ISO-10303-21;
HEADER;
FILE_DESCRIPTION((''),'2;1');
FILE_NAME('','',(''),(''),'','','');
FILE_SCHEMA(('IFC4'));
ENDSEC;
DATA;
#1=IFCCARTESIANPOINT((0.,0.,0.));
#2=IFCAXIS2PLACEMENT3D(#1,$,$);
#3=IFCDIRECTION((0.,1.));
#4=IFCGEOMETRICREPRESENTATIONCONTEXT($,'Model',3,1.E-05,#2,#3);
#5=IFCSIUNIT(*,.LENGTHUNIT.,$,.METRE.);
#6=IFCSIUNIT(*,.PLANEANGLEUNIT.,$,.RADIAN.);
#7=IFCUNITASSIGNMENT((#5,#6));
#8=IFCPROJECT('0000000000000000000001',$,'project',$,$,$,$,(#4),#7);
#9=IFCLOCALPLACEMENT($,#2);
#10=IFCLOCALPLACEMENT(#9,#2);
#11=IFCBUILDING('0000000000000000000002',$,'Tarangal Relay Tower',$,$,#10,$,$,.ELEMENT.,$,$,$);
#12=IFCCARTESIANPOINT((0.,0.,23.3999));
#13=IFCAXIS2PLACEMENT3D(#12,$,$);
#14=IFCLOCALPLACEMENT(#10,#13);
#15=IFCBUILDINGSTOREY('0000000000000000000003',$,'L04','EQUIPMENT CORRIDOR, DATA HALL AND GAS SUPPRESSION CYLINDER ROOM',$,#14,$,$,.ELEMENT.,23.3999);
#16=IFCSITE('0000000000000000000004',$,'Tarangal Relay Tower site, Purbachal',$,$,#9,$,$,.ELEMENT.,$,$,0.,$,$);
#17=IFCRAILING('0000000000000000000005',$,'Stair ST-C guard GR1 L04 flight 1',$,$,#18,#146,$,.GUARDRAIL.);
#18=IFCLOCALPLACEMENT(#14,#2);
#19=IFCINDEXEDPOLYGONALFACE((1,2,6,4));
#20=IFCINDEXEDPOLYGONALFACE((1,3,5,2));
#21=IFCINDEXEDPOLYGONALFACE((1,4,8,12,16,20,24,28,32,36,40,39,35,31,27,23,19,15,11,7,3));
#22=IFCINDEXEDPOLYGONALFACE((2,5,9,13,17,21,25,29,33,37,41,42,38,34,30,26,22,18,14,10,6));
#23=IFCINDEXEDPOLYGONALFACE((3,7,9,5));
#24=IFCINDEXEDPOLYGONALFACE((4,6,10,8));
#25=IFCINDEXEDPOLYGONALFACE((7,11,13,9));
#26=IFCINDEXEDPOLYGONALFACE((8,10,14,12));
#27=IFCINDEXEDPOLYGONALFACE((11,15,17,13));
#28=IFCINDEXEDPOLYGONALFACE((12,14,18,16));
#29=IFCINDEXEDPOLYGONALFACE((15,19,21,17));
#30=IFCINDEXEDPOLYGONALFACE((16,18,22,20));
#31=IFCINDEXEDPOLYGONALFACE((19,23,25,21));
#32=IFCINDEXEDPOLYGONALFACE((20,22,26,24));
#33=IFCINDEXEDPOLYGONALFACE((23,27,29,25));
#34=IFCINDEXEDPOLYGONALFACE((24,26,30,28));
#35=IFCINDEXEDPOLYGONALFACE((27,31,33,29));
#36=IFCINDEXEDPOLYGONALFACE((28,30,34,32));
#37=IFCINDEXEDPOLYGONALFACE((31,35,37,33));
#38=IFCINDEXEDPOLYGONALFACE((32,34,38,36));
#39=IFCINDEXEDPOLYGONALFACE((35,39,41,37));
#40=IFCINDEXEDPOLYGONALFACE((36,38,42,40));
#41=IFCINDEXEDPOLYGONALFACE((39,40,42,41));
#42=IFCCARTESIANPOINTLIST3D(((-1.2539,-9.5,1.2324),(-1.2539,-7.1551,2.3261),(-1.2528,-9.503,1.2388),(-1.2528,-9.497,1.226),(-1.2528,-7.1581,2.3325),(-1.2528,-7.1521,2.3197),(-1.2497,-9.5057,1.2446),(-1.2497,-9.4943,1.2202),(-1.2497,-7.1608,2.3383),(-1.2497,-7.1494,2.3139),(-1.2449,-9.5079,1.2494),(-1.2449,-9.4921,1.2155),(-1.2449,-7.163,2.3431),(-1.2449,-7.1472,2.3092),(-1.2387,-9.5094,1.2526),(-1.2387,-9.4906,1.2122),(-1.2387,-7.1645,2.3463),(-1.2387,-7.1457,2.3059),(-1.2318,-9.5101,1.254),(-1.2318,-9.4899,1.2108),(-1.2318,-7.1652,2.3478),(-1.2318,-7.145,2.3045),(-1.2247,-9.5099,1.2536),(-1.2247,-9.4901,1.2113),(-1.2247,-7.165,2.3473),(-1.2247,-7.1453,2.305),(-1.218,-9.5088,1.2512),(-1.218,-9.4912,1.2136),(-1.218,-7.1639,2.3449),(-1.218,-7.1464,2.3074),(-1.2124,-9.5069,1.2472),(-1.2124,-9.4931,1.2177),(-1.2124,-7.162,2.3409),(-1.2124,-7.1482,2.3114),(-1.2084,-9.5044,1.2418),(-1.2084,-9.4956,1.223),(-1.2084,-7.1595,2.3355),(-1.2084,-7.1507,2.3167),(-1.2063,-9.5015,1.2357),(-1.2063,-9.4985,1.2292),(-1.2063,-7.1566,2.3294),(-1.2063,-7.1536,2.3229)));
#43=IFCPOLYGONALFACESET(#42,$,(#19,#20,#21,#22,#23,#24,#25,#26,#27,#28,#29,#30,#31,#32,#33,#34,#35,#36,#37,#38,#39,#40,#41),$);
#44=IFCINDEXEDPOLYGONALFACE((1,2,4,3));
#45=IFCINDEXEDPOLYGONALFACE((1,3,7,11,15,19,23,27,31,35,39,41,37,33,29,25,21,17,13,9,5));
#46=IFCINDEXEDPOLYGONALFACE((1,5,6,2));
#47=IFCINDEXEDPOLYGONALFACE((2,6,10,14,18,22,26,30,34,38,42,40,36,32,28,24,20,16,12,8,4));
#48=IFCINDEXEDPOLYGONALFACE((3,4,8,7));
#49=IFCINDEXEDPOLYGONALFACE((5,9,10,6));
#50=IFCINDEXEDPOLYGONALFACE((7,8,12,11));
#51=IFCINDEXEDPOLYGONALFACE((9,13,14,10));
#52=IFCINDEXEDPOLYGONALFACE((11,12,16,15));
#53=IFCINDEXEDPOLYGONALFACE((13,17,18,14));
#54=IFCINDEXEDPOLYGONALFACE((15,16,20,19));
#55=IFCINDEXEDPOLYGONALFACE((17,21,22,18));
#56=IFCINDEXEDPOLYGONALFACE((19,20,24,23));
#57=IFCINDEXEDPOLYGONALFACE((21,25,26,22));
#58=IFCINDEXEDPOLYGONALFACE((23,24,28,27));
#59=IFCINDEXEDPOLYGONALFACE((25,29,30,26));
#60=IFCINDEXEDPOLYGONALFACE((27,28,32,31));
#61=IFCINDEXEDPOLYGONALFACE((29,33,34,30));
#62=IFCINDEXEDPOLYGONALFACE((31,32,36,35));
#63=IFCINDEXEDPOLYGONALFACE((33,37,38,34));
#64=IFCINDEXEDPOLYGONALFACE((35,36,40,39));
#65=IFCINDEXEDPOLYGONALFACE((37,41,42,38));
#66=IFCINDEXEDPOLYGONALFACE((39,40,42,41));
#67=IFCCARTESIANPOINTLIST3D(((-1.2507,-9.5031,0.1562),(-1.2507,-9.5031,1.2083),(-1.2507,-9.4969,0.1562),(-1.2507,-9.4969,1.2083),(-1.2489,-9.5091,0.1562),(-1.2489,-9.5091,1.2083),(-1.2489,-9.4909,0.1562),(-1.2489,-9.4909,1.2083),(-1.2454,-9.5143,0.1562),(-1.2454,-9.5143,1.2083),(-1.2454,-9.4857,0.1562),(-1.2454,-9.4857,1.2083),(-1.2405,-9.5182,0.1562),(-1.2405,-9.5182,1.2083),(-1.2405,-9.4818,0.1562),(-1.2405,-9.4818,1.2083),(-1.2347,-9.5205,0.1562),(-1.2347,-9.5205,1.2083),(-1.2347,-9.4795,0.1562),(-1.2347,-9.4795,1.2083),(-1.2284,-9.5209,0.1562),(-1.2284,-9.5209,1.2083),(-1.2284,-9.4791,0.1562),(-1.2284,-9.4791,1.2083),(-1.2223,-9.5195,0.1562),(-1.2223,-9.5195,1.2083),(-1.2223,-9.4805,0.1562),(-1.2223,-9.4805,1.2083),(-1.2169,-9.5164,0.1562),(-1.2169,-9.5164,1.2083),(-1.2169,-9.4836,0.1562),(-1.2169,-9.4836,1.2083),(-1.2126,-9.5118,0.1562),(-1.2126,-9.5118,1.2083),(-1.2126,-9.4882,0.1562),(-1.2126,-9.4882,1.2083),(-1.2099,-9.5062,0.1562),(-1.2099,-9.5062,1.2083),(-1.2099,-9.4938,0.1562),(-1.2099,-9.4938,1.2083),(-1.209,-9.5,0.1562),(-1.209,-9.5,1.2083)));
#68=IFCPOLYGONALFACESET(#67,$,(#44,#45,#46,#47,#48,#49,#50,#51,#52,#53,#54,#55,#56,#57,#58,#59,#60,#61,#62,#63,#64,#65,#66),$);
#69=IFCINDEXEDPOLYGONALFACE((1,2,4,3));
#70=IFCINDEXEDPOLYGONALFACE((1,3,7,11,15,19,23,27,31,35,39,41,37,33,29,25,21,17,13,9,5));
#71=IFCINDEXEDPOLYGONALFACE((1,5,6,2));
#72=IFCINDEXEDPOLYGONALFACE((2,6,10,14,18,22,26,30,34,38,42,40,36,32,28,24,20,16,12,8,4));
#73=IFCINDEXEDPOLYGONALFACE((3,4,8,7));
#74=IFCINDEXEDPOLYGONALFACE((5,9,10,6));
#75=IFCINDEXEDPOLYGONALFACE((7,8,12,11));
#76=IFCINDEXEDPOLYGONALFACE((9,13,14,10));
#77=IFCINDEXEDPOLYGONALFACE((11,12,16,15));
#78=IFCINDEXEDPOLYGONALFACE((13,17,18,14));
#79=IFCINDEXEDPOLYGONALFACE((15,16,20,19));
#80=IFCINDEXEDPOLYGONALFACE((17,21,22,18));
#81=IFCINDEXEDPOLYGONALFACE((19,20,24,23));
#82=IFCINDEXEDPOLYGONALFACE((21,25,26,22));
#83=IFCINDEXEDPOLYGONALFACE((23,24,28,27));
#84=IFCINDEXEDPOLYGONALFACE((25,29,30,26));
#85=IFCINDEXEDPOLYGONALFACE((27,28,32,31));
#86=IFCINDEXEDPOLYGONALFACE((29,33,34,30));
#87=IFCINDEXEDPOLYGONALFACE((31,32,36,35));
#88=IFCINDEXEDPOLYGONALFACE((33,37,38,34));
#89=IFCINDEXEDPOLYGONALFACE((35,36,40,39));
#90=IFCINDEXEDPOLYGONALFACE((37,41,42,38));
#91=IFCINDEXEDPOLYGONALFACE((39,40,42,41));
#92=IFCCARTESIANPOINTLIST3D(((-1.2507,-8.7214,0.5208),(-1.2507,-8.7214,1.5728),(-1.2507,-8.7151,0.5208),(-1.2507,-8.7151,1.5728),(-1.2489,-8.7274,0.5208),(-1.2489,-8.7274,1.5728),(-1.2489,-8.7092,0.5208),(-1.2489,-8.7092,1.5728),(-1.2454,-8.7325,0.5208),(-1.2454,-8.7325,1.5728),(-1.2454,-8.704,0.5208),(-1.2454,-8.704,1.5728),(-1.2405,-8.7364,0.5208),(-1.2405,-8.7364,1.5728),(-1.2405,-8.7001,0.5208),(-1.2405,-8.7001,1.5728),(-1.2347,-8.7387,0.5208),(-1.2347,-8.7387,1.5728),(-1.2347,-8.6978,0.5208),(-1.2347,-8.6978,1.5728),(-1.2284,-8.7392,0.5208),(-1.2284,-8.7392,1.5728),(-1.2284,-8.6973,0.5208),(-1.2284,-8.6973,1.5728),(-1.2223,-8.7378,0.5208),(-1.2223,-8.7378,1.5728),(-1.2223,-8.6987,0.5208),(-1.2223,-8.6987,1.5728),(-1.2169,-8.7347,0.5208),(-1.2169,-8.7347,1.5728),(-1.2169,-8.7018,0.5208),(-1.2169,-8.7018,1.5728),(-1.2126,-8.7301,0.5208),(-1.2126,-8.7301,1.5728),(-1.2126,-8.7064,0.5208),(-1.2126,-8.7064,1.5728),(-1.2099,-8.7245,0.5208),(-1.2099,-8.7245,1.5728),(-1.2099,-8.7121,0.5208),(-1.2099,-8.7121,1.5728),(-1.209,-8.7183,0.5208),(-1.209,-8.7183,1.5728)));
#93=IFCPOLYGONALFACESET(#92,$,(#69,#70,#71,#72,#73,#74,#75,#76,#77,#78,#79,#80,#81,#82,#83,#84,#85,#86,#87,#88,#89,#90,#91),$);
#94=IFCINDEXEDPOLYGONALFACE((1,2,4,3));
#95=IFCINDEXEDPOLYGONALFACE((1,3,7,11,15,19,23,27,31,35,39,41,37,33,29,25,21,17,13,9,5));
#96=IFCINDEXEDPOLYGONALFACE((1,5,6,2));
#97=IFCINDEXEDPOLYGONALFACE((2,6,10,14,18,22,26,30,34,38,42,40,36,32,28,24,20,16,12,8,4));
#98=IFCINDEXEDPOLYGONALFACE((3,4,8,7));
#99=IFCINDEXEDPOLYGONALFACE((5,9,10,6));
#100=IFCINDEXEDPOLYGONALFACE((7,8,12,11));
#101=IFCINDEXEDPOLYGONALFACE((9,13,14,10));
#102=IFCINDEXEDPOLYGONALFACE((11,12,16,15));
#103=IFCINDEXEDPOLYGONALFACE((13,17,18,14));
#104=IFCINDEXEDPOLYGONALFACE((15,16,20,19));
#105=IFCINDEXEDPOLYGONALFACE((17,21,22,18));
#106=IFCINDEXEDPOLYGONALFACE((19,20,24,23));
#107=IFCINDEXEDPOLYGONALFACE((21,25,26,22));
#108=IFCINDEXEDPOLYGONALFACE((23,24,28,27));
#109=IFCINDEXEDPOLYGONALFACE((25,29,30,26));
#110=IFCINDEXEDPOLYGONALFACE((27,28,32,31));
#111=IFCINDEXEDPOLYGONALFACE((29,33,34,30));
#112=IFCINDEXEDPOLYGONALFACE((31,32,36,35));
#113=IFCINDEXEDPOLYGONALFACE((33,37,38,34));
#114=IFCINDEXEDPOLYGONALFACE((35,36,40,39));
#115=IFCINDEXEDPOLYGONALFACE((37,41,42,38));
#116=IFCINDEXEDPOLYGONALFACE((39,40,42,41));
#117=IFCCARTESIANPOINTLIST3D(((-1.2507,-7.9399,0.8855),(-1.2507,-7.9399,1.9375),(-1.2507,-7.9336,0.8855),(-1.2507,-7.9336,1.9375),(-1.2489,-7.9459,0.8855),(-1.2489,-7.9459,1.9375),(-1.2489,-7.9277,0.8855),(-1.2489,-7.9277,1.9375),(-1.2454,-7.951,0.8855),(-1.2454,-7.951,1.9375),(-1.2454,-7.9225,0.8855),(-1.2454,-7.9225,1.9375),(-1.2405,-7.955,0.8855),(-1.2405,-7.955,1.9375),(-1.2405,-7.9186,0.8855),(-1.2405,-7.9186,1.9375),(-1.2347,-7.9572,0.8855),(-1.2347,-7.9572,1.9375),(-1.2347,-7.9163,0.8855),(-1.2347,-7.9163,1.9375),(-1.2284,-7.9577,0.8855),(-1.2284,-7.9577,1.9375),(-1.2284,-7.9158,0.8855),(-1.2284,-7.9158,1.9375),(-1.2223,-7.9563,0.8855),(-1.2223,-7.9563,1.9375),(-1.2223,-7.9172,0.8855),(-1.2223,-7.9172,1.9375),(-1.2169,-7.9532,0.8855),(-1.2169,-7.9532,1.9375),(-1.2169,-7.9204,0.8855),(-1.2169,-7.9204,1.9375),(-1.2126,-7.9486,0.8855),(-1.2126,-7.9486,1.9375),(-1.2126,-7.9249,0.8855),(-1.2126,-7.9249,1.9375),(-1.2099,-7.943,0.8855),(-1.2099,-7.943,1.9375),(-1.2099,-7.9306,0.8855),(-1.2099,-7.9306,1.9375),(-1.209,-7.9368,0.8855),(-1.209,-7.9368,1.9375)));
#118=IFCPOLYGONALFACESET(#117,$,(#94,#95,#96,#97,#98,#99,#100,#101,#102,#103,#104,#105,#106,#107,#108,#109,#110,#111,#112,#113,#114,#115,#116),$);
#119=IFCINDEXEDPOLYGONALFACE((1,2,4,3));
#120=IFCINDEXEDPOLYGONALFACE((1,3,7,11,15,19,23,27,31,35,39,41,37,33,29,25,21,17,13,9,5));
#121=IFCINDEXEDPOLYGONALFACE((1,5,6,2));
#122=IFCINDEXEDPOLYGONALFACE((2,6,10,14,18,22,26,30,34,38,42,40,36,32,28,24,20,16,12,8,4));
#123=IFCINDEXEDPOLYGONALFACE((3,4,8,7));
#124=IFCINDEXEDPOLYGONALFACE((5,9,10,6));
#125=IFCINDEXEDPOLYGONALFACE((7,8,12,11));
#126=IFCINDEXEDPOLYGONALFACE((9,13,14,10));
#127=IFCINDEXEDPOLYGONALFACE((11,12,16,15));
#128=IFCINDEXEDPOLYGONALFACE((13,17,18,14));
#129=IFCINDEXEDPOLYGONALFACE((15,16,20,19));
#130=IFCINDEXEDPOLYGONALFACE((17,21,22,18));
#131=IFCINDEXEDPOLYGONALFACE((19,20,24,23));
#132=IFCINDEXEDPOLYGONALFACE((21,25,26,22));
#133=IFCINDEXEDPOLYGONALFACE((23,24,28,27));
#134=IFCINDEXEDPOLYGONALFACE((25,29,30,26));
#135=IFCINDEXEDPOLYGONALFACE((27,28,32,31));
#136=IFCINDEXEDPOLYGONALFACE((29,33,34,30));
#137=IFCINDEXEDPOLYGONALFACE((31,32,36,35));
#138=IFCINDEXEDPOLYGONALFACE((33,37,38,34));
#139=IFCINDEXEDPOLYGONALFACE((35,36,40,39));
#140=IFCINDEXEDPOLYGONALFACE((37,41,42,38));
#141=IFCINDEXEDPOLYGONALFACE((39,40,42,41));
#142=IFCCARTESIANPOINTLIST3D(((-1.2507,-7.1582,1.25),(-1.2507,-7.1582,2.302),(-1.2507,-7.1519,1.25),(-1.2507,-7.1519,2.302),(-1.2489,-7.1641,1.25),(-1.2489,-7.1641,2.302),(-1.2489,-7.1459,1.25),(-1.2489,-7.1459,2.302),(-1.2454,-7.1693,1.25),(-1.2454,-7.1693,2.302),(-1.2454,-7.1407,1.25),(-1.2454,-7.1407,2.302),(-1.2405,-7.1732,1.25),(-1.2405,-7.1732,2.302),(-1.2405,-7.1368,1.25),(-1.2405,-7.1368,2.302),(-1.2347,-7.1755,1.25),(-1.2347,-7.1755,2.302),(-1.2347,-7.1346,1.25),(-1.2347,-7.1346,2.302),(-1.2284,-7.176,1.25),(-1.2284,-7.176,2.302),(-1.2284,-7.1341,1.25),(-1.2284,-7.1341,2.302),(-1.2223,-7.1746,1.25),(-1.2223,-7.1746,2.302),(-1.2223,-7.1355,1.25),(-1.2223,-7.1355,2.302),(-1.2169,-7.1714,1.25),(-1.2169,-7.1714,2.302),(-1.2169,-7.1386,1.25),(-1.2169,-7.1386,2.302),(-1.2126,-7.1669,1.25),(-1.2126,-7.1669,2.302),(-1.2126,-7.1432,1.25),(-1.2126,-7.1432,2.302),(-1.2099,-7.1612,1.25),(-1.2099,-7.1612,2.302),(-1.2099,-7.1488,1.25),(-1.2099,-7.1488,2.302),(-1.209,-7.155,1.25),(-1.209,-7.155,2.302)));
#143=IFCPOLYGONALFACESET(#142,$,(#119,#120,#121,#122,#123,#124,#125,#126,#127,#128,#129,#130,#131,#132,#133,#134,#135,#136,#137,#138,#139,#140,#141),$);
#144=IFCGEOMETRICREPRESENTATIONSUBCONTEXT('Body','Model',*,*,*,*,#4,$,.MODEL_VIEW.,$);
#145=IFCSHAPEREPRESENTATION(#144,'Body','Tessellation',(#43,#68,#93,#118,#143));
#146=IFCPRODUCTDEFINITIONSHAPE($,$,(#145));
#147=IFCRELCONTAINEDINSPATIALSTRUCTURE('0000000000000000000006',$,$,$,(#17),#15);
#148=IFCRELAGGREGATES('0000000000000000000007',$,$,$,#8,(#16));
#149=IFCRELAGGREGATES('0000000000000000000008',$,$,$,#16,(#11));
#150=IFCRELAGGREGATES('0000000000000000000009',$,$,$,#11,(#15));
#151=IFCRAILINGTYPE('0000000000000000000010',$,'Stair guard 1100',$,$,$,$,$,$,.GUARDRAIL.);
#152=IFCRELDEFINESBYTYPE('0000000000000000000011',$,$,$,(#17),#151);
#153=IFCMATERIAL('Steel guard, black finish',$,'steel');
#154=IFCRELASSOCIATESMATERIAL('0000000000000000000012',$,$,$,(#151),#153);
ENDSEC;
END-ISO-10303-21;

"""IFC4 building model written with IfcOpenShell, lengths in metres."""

from ifc_helpers import new_model, si_unit, direction, frame, origin, origin_2d, place, context, subcontext, project, spatial, circle, extrude, material, type_object, element, save


model = new_model("IFC4")

# Units and contexts
model_context = context("Model", 3, precision=1e-05, world=origin(), true_north=direction((0.0, 1.0)))
body_context = subcontext(model_context, "Body", "Model", "MODEL_VIEW")
ifc_project = project(units=[si_unit("LENGTHUNIT", "METRE"), si_unit("PLANEANGLEUNIT", "RADIAN")], contexts=[model_context])

# Site, building, storey
site_placement = place(None, origin())
site = spatial("IfcSite", under=ifc_project, at=site_placement, Name="Tarangal Relay Tower site, Purbachal", CompositionType="ELEMENT", RefElevation=0.0)
building_placement = place(site_placement, origin())
building = spatial("IfcBuilding", under=site, at=building_placement, Name="Tarangal Relay Tower", CompositionType="ELEMENT")
storey_placement = place(building_placement, frame((0.0, 0.0, 23.3999)))
storey = spatial("IfcBuildingStorey", under=building, at=storey_placement, Name="L04", Description="EQUIPMENT CORRIDOR, DATA HALL AND GAS SUPPRESSION CYLINDER ROOM", CompositionType="ELEMENT", Elevation=23.3999)

# Railing
ifc_material_1 = material(Name="Steel guard, black finish", Category="steel")
railing_type_1 = type_object("IfcRailingType", Name="Stair guard 1100", PredefinedType="GUARDRAIL", material=ifc_material_1)
for number, where, name in (
    (1, (-1.23, -9.5, 0.1562), "Stair ST-C guard GR1 L04 flight 1"),
):
    element("IfcRailing", number, at=place(storey_placement, frame(where)), inside=storey, type_object=railing_type_1, Name=name, PredefinedType="GUARDRAIL", context=body_context, shape_type="SweptSolid", body=[
        extrude(circle(Radius=0.0239, at=origin_2d()), frame((0.0, 0.0, 1.0762), z_axis=(0.0, 0.906267, 0.422705), x_axis=(-1.0, 0.0, 0.0)), (0.0, 0.0, 1.0), 2.5874),
        extrude(circle(Radius=0.021, at=origin_2d()), origin(), (0.0, 0.0, 1.0), 1.052),
        extrude(circle(Radius=0.021, at=origin_2d()), frame((0.0, 0.7817, 0.3645)), (0.0, 0.0, 1.0), 1.052),
        extrude(circle(Radius=0.021, at=origin_2d()), frame((0.0, 1.5632, 0.7292)), (0.0, 0.0, 1.0), 1.052),
        extrude(circle(Radius=0.021, at=origin_2d()), frame((0.0, 2.345, 1.0938)), (0.0, 0.0, 1.0), 1.052),
    ])

save(model, "model.ifc")
